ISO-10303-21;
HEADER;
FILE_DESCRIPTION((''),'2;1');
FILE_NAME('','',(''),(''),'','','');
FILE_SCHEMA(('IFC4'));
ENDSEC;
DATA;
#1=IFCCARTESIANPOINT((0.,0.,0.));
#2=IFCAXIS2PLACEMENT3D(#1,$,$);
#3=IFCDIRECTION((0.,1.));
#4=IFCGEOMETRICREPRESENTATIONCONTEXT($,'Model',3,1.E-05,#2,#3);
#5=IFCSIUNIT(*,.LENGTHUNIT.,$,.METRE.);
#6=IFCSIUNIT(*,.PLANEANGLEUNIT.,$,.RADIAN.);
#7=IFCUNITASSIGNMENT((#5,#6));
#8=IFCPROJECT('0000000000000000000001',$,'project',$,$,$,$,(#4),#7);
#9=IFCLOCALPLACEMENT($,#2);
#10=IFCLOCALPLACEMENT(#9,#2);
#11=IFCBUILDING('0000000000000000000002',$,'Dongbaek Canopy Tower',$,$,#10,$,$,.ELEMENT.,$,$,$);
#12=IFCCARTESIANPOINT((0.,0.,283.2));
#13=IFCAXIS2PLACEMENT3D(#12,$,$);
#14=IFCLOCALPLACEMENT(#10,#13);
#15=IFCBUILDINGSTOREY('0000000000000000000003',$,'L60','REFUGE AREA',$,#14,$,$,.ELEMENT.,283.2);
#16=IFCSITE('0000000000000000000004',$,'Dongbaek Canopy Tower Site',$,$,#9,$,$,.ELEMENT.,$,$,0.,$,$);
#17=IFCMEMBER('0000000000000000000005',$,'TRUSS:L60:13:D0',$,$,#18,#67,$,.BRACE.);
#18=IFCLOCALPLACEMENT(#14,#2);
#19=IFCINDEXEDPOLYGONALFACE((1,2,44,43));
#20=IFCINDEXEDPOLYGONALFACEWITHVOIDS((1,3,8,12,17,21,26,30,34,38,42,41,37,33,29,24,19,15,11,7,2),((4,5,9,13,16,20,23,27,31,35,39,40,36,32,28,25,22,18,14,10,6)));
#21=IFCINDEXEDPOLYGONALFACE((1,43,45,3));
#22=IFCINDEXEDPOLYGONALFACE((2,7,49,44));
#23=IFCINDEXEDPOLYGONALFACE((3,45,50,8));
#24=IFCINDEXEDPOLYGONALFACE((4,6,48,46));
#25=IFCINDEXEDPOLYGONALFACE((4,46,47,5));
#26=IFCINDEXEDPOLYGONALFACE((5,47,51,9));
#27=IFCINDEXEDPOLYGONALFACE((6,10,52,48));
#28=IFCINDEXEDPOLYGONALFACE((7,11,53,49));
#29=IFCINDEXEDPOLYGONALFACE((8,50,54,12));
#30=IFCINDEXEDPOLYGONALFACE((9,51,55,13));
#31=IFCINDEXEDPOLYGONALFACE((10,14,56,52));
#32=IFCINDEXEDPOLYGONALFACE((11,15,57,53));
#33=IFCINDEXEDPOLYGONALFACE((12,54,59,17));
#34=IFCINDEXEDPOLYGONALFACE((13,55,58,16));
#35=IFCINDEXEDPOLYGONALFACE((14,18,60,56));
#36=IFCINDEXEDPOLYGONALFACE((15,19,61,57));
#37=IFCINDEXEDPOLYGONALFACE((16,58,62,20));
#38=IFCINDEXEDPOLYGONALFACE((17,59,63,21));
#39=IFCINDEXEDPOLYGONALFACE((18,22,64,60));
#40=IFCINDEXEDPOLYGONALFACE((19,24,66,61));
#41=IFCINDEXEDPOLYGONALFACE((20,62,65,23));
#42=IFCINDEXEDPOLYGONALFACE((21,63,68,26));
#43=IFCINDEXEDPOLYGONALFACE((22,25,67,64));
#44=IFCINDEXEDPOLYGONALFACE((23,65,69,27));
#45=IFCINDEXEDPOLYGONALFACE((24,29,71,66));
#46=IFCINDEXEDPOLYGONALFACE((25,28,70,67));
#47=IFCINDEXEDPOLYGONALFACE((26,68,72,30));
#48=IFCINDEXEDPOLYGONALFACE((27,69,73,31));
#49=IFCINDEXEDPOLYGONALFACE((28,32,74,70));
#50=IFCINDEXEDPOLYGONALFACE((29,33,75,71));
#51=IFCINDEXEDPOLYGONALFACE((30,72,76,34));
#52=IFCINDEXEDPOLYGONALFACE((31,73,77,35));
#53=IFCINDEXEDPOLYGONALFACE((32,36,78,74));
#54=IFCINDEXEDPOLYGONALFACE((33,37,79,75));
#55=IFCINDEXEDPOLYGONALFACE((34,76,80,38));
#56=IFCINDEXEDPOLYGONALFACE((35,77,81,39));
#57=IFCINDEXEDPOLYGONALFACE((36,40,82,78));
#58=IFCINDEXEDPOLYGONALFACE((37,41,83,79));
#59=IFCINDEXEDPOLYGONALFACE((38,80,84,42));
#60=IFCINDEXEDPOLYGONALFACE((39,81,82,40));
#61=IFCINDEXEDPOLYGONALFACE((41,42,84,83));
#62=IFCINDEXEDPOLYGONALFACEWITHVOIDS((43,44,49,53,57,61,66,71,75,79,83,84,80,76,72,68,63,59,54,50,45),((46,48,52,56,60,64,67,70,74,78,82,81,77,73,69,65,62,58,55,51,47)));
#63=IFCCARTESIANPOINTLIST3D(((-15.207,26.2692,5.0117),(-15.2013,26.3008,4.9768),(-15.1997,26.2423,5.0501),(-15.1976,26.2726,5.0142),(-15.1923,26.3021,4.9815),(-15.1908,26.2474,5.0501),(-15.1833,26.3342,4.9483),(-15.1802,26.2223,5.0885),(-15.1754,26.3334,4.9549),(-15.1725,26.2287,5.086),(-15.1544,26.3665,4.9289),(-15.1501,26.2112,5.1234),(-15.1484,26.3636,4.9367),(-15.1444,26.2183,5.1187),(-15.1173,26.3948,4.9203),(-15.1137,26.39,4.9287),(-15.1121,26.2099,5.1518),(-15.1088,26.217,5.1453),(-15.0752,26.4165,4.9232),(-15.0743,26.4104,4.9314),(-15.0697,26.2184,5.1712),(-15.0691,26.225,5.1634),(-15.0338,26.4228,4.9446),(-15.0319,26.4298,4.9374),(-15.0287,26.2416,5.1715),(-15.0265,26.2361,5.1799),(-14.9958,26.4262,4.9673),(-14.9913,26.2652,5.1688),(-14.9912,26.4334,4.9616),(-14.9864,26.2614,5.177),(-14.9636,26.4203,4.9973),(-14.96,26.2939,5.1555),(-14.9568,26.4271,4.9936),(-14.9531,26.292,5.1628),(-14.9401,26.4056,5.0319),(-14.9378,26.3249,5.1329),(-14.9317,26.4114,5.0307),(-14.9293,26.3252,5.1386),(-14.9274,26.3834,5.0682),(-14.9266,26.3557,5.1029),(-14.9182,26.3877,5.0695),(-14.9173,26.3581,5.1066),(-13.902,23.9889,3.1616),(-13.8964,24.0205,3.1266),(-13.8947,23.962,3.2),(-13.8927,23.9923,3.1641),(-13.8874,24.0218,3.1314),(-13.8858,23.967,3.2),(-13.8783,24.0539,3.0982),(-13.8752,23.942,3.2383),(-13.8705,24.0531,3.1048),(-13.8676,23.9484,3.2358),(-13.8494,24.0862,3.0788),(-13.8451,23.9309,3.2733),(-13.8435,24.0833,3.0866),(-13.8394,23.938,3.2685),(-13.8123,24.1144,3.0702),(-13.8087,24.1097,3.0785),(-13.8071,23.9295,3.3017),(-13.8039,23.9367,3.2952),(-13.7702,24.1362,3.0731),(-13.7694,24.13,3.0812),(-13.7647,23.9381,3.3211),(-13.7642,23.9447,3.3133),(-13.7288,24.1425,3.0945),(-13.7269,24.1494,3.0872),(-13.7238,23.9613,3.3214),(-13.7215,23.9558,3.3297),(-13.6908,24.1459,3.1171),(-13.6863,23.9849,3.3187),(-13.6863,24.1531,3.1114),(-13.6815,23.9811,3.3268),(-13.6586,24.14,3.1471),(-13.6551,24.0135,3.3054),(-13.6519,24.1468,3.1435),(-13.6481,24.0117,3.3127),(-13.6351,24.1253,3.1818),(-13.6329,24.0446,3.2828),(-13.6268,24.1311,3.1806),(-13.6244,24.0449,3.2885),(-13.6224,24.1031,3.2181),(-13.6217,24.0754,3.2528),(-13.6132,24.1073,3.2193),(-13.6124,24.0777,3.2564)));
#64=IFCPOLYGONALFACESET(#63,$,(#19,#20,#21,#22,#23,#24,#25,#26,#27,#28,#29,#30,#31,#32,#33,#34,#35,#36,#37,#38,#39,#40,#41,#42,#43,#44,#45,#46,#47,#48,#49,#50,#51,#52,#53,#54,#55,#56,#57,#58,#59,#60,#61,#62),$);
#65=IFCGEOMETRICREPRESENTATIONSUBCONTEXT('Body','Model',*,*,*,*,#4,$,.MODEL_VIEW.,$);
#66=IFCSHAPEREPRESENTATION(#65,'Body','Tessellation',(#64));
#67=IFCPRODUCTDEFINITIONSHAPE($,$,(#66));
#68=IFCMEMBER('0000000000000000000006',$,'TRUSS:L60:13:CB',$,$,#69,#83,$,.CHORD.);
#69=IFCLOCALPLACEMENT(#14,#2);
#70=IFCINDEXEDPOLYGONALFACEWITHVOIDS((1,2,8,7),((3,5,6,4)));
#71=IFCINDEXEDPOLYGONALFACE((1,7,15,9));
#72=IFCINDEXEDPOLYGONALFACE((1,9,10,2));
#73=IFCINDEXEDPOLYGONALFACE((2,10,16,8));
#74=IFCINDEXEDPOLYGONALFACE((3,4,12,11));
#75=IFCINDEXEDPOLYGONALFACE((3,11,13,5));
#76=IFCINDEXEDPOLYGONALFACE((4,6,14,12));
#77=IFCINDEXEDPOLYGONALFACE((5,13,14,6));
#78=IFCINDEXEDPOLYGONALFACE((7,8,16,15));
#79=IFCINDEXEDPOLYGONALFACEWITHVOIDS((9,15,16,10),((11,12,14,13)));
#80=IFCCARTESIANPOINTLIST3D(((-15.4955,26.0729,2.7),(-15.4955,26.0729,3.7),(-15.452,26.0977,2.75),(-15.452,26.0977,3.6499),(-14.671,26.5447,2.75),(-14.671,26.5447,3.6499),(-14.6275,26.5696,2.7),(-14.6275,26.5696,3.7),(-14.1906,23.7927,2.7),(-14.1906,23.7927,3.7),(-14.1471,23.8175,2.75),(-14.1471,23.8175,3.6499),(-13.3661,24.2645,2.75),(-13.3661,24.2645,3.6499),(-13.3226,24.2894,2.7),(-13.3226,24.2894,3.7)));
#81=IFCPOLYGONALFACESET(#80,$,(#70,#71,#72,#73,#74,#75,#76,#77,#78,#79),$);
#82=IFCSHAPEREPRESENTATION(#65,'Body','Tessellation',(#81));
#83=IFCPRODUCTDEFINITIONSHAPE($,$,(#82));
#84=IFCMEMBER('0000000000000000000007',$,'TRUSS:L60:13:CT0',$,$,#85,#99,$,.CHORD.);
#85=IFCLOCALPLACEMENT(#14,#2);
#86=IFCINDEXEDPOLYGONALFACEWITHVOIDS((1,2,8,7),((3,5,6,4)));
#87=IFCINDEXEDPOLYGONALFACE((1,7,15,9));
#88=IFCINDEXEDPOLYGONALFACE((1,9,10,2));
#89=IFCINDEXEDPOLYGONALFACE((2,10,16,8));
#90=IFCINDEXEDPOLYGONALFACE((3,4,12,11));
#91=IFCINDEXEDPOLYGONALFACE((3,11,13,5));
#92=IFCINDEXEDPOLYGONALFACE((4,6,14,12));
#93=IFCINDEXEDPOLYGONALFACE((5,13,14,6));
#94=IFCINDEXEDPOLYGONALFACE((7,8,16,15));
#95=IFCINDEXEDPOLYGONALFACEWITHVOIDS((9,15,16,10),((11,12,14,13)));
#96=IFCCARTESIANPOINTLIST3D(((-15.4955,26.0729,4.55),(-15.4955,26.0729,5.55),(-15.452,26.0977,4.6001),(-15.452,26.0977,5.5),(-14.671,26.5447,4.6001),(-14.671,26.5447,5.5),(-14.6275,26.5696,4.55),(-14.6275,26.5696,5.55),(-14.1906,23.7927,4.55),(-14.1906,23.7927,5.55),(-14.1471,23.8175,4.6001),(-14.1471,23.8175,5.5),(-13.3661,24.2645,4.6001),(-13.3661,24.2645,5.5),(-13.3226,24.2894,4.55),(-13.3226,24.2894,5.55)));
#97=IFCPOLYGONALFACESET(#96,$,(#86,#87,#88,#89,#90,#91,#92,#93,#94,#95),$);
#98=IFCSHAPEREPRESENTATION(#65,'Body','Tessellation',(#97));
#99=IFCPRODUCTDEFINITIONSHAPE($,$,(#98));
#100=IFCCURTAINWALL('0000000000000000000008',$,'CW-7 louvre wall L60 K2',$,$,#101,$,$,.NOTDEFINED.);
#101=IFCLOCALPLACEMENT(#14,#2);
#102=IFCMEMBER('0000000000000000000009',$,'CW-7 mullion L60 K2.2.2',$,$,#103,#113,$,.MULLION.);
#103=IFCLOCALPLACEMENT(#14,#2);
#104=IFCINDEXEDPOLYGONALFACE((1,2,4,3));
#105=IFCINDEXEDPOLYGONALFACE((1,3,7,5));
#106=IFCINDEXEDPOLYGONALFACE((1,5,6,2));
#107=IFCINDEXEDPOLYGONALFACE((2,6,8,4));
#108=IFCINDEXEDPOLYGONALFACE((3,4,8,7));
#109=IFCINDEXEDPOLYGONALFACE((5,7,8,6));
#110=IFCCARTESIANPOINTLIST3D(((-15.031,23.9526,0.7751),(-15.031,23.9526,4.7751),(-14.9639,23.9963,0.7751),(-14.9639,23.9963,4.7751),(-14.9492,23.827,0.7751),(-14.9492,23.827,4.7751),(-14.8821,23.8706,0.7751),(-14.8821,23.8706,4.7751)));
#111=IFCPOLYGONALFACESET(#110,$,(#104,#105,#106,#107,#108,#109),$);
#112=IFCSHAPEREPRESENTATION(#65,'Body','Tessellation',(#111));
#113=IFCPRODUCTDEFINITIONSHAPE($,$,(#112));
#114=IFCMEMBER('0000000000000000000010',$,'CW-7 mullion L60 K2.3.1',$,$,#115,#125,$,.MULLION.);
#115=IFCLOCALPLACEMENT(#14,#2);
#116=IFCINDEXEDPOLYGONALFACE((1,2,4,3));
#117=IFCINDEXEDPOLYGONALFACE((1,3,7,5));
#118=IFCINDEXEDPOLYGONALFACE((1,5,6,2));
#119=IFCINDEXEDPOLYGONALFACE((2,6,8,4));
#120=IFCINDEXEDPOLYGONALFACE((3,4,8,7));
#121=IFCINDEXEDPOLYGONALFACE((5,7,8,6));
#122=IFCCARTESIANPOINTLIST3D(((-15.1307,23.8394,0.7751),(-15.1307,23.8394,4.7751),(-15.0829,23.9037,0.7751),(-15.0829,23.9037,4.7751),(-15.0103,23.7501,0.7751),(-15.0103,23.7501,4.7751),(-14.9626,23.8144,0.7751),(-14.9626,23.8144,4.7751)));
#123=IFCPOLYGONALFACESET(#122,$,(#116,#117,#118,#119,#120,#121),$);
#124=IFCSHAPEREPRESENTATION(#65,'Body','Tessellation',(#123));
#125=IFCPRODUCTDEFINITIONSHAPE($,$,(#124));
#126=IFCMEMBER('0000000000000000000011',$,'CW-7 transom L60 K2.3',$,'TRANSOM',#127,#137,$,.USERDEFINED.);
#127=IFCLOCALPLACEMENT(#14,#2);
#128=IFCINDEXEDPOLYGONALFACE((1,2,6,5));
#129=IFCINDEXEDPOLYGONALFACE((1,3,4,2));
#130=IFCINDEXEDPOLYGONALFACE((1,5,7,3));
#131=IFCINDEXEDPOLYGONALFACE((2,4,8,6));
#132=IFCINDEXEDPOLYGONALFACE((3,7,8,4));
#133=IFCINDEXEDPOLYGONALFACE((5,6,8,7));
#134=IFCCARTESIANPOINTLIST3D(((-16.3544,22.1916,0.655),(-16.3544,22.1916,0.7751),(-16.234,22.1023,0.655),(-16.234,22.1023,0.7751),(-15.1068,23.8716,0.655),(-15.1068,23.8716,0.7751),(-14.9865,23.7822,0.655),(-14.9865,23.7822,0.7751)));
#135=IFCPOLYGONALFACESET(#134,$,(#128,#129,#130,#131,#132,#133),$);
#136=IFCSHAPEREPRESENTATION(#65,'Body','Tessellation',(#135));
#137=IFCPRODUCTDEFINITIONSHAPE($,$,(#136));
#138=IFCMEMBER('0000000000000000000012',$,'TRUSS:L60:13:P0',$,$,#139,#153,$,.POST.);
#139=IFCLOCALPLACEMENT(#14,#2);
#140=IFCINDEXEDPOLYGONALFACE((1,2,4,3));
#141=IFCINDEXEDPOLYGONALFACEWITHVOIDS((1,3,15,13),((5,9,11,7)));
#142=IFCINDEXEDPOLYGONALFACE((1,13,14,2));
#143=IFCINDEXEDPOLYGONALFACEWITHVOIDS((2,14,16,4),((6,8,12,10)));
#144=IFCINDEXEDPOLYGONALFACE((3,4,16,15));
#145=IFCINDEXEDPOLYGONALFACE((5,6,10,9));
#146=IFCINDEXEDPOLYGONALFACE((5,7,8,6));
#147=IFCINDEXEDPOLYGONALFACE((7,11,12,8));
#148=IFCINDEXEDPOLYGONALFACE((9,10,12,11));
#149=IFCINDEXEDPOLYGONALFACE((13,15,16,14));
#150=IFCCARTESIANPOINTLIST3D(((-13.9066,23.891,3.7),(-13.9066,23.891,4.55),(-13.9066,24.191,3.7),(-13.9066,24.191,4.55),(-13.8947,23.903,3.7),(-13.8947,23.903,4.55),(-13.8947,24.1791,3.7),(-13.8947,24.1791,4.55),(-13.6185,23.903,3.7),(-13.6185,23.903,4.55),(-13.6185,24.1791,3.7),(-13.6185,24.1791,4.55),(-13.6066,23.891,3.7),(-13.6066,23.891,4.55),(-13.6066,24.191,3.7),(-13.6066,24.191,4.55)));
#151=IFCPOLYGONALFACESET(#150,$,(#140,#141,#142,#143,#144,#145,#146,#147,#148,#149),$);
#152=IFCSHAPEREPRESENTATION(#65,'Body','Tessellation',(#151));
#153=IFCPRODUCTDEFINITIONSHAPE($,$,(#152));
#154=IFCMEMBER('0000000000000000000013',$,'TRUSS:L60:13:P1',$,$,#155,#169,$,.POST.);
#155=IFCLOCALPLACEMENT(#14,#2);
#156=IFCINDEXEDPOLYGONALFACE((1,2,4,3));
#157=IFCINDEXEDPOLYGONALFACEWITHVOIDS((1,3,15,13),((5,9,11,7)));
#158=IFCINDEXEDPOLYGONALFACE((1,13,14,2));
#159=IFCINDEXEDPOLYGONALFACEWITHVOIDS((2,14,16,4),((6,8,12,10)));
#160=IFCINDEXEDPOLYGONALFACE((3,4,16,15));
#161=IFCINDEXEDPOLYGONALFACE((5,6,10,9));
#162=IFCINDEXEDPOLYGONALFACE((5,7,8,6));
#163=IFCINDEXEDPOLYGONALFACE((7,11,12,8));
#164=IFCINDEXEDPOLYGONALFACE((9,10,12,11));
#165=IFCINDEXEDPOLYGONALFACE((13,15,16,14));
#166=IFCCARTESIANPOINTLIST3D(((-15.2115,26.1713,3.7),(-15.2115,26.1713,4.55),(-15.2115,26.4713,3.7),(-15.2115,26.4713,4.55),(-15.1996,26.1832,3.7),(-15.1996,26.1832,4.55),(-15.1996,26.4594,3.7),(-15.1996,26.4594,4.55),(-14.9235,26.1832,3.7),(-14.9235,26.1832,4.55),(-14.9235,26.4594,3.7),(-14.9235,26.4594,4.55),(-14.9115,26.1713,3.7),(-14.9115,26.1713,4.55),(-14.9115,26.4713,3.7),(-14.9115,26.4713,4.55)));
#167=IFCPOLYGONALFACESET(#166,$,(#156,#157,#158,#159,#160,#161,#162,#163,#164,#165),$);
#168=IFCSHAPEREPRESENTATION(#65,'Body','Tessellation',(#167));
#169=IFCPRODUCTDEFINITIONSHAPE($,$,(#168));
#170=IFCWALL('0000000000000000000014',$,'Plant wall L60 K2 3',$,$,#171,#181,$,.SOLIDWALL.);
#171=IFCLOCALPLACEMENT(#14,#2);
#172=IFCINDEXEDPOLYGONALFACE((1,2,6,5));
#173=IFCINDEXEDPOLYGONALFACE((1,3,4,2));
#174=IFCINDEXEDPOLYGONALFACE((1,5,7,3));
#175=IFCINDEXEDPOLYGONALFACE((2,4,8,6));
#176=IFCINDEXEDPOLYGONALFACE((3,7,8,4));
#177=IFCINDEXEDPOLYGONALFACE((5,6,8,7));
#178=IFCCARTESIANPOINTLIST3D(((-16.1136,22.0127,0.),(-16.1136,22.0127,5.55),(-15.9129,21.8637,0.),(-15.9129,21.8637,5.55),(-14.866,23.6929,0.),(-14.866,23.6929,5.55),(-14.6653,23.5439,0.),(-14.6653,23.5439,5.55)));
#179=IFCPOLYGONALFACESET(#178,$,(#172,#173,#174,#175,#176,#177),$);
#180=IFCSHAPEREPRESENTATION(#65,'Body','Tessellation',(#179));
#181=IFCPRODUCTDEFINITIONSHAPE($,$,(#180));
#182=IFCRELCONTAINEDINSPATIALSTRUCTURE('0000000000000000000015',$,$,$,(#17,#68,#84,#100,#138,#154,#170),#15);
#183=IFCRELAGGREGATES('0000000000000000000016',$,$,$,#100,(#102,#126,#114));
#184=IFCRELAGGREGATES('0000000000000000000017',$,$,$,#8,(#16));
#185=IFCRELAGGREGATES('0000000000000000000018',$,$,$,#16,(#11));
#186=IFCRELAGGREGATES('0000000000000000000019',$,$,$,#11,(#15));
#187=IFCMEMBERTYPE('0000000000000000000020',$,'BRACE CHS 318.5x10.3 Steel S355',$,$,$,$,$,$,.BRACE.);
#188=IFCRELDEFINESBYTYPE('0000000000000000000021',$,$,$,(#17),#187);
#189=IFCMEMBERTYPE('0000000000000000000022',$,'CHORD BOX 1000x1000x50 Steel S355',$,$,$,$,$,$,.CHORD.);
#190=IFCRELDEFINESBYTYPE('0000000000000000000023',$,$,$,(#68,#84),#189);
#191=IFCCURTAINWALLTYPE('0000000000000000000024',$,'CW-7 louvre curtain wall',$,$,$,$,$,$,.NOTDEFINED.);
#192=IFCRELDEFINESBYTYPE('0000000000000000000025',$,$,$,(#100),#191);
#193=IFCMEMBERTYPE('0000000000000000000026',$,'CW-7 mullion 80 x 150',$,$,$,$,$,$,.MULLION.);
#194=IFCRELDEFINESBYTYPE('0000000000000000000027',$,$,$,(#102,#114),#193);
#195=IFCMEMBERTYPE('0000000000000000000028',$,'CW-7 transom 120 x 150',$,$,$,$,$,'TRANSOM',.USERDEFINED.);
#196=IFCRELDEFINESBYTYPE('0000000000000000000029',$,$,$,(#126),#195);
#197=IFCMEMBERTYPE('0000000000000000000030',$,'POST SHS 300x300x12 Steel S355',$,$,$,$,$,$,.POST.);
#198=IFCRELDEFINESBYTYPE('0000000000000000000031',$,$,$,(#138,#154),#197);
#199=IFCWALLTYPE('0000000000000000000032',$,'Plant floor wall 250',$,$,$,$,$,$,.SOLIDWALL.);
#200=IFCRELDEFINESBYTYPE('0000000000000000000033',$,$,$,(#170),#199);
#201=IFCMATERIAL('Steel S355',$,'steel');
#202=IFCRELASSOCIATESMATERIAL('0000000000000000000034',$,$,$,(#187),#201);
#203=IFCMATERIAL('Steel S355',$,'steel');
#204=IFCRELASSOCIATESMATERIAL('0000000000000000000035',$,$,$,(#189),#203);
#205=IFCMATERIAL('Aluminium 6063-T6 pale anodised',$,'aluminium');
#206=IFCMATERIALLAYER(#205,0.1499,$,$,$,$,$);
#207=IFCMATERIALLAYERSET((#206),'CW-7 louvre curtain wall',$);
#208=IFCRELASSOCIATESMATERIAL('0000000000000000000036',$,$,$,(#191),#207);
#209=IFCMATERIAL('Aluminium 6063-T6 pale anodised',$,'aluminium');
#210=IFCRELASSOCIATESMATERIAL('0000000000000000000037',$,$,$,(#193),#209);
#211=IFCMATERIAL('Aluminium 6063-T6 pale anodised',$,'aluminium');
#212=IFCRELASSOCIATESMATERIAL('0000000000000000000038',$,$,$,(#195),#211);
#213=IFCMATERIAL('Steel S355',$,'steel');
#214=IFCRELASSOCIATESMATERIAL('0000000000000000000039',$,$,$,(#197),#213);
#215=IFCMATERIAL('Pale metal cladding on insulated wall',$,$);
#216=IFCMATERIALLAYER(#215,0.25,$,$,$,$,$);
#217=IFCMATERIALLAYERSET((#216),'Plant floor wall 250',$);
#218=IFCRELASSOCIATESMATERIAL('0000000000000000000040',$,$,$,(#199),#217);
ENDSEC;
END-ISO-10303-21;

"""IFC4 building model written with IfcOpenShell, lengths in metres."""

from ifc_helpers import new_model, si_unit, direction, frame, frame_2d, origin, origin_2d, place, context, subcontext, project, spatial, rectangle, hollow_rectangle, hollow_circle, extrude, material, layer, layer_set, material_profile, profile_set, type_object, element, aggregate, save


model = new_model("IFC4")

# Units and contexts
model_context = context("Model", 3, precision=1e-05, world=origin(), true_north=direction((0.0, 1.0)))
body_context = subcontext(model_context, "Body", "Model", "MODEL_VIEW")
ifc_project = project(units=[si_unit("LENGTHUNIT", "METRE"), si_unit("PLANEANGLEUNIT", "RADIAN")], contexts=[model_context])

# Site, building, storey
site_placement = place(None, origin())
site = spatial("IfcSite", under=ifc_project, at=site_placement, Name="Dongbaek Canopy Tower Site", CompositionType="ELEMENT", RefElevation=0.0)
building_placement = place(site_placement, origin())
building = spatial("IfcBuilding", under=site, at=building_placement, Name="Dongbaek Canopy Tower", CompositionType="ELEMENT")
storey_placement = place(building_placement, frame((0.0, 0.0, 283.2)))
storey = spatial("IfcBuildingStorey", under=building, at=storey_placement, Name="L60", Description="REFUGE AREA", CompositionType="ELEMENT", Elevation=283.2)

# Members
ifc_material_1 = material(Name="Steel S355", Category="steel")
ifc_material_profile_1 = material_profile(ifc_material_1, hollow_circle(Radius=0.1592, WallThickness=0.0103, at=origin_2d()), Name="BRACE CHS 318.5x10.3 Steel S355")
ifc_profile_set_1 = profile_set([ifc_material_profile_1], Name="Steel S355")
member_type_1 = type_object("IfcMemberType", Name="BRACE CHS 318.5x10.3 Steel S355", PredefinedType="BRACE", material=ifc_profile_set_1)
member_1_placement = place(storey_placement, frame((-13.7566, 24.041, 3.2), z_axis=(-0.406102, 0.709634, 0.575761), x_axis=(-0.867928, -0.496689, 0.0)))
element("IfcMember", 1, at=member_1_placement, inside=storey, type_object=member_type_1, Name="TRUSS:L60:13:D0", PredefinedType="BRACE", context=body_context, shape_type="SweptSolid", body=[
    extrude(hollow_circle(Radius=0.1592, WallThickness=0.0103, at=origin_2d()), origin(), (0.0, 0.0, 1.0), 3.2134),
])
ifc_material_2 = material(Name="Steel S355", Category="steel")
ifc_material_profile_2 = material_profile(ifc_material_2, hollow_rectangle(XDim=1.0, YDim=1.0, WallThickness=0.05, at=origin_2d()), Name="CHORD BOX 1000x1000x50 Steel S355")
ifc_profile_set_2 = profile_set([ifc_material_profile_2], Name="Steel S355")
member_type_2 = type_object("IfcMemberType", Name="CHORD BOX 1000x1000x50 Steel S355", PredefinedType="CHORD", material=ifc_profile_set_2)
for number, where, z_axis, x_axis, name in (
    (2, (-13.7566, 24.041, 3.2), (-0.496689, 0.867928, 0.0), (-0.867928, -0.496689, 0.0), "TRUSS:L60:13:CB"),
    (3, (-13.7566, 24.041, 5.05), (-0.496689, 0.867928, 0.0), (-0.867928, -0.496689, 0.0), "TRUSS:L60:13:CT0"),
):
    element("IfcMember", number, at=place(storey_placement, frame(where, z_axis=z_axis, x_axis=x_axis)), inside=storey, type_object=member_type_2, Name=name, PredefinedType="CHORD", context=body_context, shape_type="SweptSolid", body=[
        extrude(hollow_rectangle(XDim=1.0, YDim=1.0, WallThickness=0.05, at=origin_2d()), origin(), (0.0, 0.0, 1.0), 2.6272),
    ])

# Curtain wall, members
ifc_material_3 = material(Name="Aluminium 6063-T6 pale anodised", Category="aluminium")
ifc_layer_1 = layer(ifc_material_3, 0.1499)
ifc_layer_set_1 = layer_set([ifc_layer_1], Name="CW-7 louvre curtain wall")
curtain_wall_type = type_object("IfcCurtainWallType", Name="CW-7 louvre curtain wall", PredefinedType="NOTDEFINED", material=ifc_layer_set_1)
curtain_wall_placement = place(storey_placement, origin())
curtain_wall = element("IfcCurtainWall", 4, at=curtain_wall_placement, inside=storey, type_object=curtain_wall_type, Name="CW-7 louvre wall L60 K2", PredefinedType="NOTDEFINED")
ifc_material_4 = material(Name="Aluminium 6063-T6 pale anodised", Category="aluminium")
ifc_material_profile_3 = material_profile(ifc_material_4, rectangle(XDim=0.1499, YDim=0.0801, at=origin_2d()), Name="CW-7 mullion 80 x 150")
ifc_profile_set_3 = profile_set([ifc_material_profile_3], Name="Aluminium 6063-T6 pale anodised")
member_type_3 = type_object("IfcMemberType", Name="CW-7 mullion 80 x 150", PredefinedType="MULLION", material=ifc_profile_set_3)
member_2_placement = place(storey_placement, frame((-14.9565, 23.9116, 0.7751), z_axis=(0.0, 0.0, 1.0), x_axis=(-0.545552, 0.838077, 0.0)))
member_2 = element("IfcMember", 5, at=member_2_placement, type_object=member_type_3, Name="CW-7 mullion L60 K2.2.2", PredefinedType="MULLION", context=body_context, shape_type="SweptSolid", body=[
    extrude(rectangle(XDim=0.1499, YDim=0.0801, at=origin_2d()), origin(), (0.0, 0.0, 1.0), 4.0),
])
member_3_placement = place(storey_placement, frame((-15.0466, 23.8269, 0.7751), z_axis=(0.0, 0.0, 1.0), x_axis=(-0.802889, 0.596129, 0.0)))
member_3 = element("IfcMember", 6, at=member_3_placement, type_object=member_type_3, Name="CW-7 mullion L60 K2.3.1", PredefinedType="MULLION", context=body_context, shape_type="SweptSolid", body=[
    extrude(rectangle(XDim=0.1499, YDim=0.0801, at=origin_2d()), origin(), (0.0, 0.0, 1.0), 4.0),
])
ifc_material_5 = material(Name="Aluminium 6063-T6 pale anodised", Category="aluminium")
ifc_material_profile_4 = material_profile(ifc_material_5, rectangle(XDim=0.1499, YDim=0.1201, at=origin_2d()), Name="CW-7 transom 120 x 150")
ifc_profile_set_4 = profile_set([ifc_material_profile_4], Name="Aluminium 6063-T6 pale anodised")
member_type_4 = type_object("IfcMemberType", Name="CW-7 transom 120 x 150", ElementType="TRANSOM", PredefinedType="USERDEFINED", material=ifc_profile_set_4)
member_4_placement = place(storey_placement, frame((-15.0466, 23.8269, 0.7151), z_axis=(-0.596204, -0.802833, 0.0), x_axis=(0.802833, -0.596204, 0.0)))
member_4 = element("IfcMember", 7, at=member_4_placement, type_object=member_type_4, Name="CW-7 transom L60 K2.3", ObjectType="TRANSOM", PredefinedType="USERDEFINED", context=body_context, shape_type="SweptSolid", body=[
    extrude(rectangle(XDim=0.1499, YDim=0.1201, at=origin_2d()), origin(), (0.0, 0.0, 1.0), 2.0925),
])

# Members
ifc_material_6 = material(Name="Steel S355", Category="steel")
ifc_material_profile_5 = material_profile(ifc_material_6, hollow_rectangle(XDim=0.3, YDim=0.3, WallThickness=0.012, at=origin_2d()), Name="POST SHS 300x300x12 Steel S355")
ifc_profile_set_5 = profile_set([ifc_material_profile_5], Name="Steel S355")
member_type_5 = type_object("IfcMemberType", Name="POST SHS 300x300x12 Steel S355", PredefinedType="POST", material=ifc_profile_set_5)
for number, where, z_axis, x_axis, name in (
    (8, (-13.7566, 24.041, 3.7), (0.0, 0.0, 1.0), (1.0, 0.0, 0.0), "TRUSS:L60:13:P0"),
    (9, (-15.0615, 26.3213, 3.7), (0.0, 0.0, 1.0), (1.0, 0.0, 0.0), "TRUSS:L60:13:P1"),
):
    element("IfcMember", number, at=place(storey_placement, frame(where, z_axis=z_axis, x_axis=x_axis)), inside=storey, type_object=member_type_5, Name=name, PredefinedType="POST", context=body_context, shape_type="SweptSolid", body=[
        extrude(hollow_rectangle(XDim=0.3, YDim=0.3, WallThickness=0.012, at=origin_2d()), origin(), (0.0, 0.0, 1.0), 0.8501),
    ])

# Wall
ifc_material_7 = material(Name="Pale metal cladding on insulated wall")
ifc_layer_2 = layer(ifc_material_7, 0.25)
ifc_layer_set_2 = layer_set([ifc_layer_2], Name="Plant floor wall 250")
wall_type = type_object("IfcWallType", Name="Plant floor wall 250", PredefinedType="SOLIDWALL", material=ifc_layer_set_2)
wall_placement = place(storey_placement, frame((-14.7656, 23.6184, 0.0), z_axis=(0.0, 0.0, 1.0), x_axis=(-0.596148, -0.802875, 0.0)))
element("IfcWall", 10, at=wall_placement, inside=storey, type_object=wall_type, Name="Plant wall L60 K2 3", PredefinedType="SOLIDWALL", context=body_context, shape_type="SweptSolid", body=[
    extrude(rectangle(XDim=2.0928, YDim=0.25, at=frame_2d((1.0464, 0.0))), origin(), (0.0, 0.0, 1.0), 5.55),
])

aggregate(curtain_wall, [member_2, member_4, member_3])

save(model, "model.ifc")
